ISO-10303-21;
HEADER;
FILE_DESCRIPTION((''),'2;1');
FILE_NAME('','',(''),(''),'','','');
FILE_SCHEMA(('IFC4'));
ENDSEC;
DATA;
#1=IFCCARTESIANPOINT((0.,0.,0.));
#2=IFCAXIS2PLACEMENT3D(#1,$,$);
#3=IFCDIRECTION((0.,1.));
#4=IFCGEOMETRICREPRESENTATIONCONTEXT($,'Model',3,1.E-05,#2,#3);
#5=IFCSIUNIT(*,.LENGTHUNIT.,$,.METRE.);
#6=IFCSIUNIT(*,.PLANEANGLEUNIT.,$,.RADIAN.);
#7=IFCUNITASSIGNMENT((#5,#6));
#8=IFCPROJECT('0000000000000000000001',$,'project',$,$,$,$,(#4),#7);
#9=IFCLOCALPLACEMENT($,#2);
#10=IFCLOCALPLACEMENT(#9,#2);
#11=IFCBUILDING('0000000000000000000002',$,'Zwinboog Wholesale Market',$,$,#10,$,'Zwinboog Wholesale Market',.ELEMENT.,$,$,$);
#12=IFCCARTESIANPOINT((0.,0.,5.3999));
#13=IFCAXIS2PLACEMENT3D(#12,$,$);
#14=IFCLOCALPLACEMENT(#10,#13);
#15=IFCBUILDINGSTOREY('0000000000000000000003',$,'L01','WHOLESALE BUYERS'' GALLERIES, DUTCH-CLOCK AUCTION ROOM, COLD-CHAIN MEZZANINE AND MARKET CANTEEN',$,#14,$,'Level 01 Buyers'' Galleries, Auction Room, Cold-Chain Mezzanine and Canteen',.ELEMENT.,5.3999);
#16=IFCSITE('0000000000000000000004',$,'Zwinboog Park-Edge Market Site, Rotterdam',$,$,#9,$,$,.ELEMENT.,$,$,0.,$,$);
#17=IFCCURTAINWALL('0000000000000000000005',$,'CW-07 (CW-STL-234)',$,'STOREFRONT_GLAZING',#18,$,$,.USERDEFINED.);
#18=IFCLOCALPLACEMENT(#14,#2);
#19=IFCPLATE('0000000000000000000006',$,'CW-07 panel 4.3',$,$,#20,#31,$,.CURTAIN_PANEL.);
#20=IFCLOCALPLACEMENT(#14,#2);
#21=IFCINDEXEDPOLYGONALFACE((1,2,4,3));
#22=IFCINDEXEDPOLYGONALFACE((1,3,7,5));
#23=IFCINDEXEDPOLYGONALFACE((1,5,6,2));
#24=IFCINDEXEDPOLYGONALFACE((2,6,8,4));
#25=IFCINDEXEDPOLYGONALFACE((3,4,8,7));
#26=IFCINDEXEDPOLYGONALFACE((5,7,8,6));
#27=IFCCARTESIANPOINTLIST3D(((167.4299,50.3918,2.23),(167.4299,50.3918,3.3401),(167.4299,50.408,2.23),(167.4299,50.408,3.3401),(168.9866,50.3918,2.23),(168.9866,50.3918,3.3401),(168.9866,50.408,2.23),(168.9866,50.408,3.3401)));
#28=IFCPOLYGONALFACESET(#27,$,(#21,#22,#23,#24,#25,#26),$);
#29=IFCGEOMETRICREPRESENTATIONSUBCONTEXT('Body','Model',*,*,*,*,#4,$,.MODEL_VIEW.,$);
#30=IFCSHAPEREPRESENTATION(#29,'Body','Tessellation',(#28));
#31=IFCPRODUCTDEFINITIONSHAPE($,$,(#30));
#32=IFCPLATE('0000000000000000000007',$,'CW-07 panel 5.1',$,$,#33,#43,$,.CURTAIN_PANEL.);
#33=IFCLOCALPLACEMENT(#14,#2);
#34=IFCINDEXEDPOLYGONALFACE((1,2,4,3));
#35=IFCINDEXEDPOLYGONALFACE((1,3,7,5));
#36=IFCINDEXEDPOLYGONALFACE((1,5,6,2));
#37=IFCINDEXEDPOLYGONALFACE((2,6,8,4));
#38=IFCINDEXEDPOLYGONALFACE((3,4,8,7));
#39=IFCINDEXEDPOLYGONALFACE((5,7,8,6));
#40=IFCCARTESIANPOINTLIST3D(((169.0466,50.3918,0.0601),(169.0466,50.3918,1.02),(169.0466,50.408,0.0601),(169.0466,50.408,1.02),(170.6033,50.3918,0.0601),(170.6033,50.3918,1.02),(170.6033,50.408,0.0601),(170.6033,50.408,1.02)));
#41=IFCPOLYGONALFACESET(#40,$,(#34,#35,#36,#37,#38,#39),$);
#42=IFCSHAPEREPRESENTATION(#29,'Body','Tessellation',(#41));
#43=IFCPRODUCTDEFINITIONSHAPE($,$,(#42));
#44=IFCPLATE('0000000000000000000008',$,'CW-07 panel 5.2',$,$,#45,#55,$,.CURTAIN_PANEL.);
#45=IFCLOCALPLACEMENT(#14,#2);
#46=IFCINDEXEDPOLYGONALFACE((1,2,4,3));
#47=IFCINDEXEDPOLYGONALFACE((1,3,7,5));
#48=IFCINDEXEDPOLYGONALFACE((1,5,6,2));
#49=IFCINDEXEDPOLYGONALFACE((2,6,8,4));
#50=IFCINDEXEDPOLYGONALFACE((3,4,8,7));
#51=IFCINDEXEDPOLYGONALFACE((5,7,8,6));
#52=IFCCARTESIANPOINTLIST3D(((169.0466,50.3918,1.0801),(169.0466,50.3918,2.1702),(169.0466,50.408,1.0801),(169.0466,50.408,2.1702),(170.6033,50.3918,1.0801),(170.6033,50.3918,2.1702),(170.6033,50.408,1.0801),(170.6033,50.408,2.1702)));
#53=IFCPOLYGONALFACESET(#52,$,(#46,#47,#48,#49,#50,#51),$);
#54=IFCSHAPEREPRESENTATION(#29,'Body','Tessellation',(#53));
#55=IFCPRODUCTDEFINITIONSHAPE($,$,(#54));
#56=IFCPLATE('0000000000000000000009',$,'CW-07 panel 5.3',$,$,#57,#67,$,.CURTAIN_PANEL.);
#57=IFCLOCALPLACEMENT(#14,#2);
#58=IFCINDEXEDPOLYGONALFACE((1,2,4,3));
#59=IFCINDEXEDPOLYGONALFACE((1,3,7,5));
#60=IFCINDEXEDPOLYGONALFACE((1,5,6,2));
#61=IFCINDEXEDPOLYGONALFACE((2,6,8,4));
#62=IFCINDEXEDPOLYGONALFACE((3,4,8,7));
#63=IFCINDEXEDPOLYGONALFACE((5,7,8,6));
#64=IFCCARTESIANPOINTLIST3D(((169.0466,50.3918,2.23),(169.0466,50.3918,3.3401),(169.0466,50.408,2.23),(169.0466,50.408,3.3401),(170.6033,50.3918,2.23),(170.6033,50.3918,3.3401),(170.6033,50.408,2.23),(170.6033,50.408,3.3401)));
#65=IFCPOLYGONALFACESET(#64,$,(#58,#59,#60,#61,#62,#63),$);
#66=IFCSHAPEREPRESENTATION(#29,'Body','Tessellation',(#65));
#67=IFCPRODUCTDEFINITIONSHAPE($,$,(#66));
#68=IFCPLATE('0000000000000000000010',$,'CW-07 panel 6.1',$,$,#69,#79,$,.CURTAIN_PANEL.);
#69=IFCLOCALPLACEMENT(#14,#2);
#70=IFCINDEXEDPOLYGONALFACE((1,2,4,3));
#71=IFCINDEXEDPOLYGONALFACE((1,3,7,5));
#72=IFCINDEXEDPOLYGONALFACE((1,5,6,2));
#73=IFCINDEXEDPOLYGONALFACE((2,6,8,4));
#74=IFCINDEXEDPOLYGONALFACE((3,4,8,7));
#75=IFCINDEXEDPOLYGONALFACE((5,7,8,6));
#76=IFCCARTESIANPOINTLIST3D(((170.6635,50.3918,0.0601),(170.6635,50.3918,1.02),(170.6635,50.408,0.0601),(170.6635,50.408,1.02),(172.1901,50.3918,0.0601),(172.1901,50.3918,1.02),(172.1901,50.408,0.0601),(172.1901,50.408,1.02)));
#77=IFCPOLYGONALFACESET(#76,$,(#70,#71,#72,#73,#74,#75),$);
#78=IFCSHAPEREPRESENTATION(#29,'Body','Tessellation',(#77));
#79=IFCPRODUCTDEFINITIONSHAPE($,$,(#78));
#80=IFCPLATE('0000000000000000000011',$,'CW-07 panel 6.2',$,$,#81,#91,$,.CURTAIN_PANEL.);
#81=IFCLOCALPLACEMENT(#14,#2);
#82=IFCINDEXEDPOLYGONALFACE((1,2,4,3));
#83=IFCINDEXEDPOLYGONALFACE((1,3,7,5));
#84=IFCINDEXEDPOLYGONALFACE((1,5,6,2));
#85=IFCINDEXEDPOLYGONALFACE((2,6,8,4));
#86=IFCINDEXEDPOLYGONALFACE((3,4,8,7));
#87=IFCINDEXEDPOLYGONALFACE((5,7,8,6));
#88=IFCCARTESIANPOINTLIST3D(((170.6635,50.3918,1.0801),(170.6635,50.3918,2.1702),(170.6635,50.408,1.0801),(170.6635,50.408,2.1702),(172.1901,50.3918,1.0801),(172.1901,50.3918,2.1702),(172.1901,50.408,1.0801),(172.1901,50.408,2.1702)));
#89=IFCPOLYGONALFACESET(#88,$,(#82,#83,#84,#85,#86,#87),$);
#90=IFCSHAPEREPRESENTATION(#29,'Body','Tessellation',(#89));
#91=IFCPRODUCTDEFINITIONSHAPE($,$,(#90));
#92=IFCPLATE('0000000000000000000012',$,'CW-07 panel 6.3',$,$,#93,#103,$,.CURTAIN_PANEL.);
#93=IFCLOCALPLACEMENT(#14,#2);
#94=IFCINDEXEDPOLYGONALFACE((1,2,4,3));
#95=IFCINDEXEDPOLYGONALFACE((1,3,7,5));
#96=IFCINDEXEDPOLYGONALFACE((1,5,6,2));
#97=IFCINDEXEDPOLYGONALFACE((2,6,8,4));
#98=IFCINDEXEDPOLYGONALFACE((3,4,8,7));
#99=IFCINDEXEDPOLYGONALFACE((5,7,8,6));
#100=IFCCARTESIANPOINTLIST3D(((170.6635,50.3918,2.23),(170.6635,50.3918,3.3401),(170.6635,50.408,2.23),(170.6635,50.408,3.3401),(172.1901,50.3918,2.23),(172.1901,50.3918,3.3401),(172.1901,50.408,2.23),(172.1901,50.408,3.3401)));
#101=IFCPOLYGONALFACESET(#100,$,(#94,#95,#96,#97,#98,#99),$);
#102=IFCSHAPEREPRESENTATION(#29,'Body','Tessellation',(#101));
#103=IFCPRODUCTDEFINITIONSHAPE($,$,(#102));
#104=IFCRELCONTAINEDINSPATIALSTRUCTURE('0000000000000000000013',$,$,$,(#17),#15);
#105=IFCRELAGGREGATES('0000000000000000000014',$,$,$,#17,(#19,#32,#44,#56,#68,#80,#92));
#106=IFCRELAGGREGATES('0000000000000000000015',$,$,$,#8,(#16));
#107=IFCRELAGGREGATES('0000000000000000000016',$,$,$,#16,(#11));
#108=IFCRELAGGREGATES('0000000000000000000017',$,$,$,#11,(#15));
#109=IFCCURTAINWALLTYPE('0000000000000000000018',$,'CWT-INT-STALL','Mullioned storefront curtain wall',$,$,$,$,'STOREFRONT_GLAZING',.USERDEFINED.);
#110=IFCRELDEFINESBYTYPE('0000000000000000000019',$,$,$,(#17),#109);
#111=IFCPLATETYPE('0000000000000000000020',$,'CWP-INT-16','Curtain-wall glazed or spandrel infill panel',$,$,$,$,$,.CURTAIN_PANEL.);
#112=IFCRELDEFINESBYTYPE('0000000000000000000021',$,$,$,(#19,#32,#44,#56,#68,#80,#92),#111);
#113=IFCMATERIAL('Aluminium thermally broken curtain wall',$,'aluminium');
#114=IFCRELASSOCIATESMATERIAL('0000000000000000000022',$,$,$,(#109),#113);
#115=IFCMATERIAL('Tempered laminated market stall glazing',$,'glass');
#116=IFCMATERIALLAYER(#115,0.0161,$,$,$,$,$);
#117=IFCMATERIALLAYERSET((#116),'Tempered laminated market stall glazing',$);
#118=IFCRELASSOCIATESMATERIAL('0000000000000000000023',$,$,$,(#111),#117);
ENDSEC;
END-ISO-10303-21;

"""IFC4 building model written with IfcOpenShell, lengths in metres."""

from ifc_helpers import new_model, si_unit, direction, frame, origin, origin_2d, place, context, subcontext, project, spatial, rectangle, extrude, material, layer, layer_set, type_object, element, aggregate, save


model = new_model("IFC4")

# Units and contexts
model_context = context("Model", 3, precision=1e-05, world=origin(), true_north=direction((0.0, 1.0)))
body_context = subcontext(model_context, "Body", "Model", "MODEL_VIEW")
ifc_project = project(units=[si_unit("LENGTHUNIT", "METRE"), si_unit("PLANEANGLEUNIT", "RADIAN")], contexts=[model_context])

# Site, building, storey
site_placement = place(None, origin())
site = spatial("IfcSite", under=ifc_project, at=site_placement, Name="Zwinboog Park-Edge Market Site, Rotterdam", CompositionType="ELEMENT", RefElevation=0.0)
building_placement = place(site_placement, origin())
building = spatial("IfcBuilding", under=site, at=building_placement, Name="Zwinboog Wholesale Market", LongName="Zwinboog Wholesale Market", CompositionType="ELEMENT")
storey_placement = place(building_placement, frame((0.0, 0.0, 5.3999)))
storey = spatial("IfcBuildingStorey", under=building, at=storey_placement, Name="L01", Description="WHOLESALE BUYERS' GALLERIES, DUTCH-CLOCK AUCTION ROOM, COLD-CHAIN MEZZANINE AND MARKET CANTEEN", LongName="Level 01 Buyers' Galleries, Auction Room, Cold-Chain Mezzanine and Canteen", CompositionType="ELEMENT", Elevation=5.3999)

# Curtain wall, plates
ifc_material_1 = material(Name="Aluminium thermally broken curtain wall", Category="aluminium")
curtain_wall_type = type_object("IfcCurtainWallType", Name="CWT-INT-STALL", Description="Mullioned storefront curtain wall", ElementType="STOREFRONT_GLAZING", PredefinedType="USERDEFINED", material=ifc_material_1)
curtain_wall_placement = place(storey_placement, origin())
curtain_wall = element("IfcCurtainWall", 1, at=curtain_wall_placement, inside=storey, type_object=curtain_wall_type, Name="CW-07 (CW-STL-234)", ObjectType="STOREFRONT_GLAZING", PredefinedType="USERDEFINED")
ifc_material_2 = material(Name="Tempered laminated market stall glazing", Category="glass")
ifc_layer = layer(ifc_material_2, 0.0161)
ifc_layer_set = layer_set([ifc_layer], Name="Tempered laminated market stall glazing")
plate_type = type_object("IfcPlateType", Name="CWP-INT-16", Description="Curtain-wall glazed or spandrel infill panel", PredefinedType="CURTAIN_PANEL", material=ifc_layer_set)
plate_1_placement = place(storey_placement, frame((168.2083, 50.3999, 2.23), z_axis=(0.0, 0.0, 1.0), x_axis=(1.0, 0.0, 0.0)))
plate_1 = element("IfcPlate", 2, at=plate_1_placement, type_object=plate_type, Name="CW-07 panel 4.3", PredefinedType="CURTAIN_PANEL", context=body_context, shape_type="SweptSolid", body=[
    extrude(rectangle(XDim=1.5566, YDim=0.0161, at=origin_2d()), origin(), (0.0, 0.0, 1.0), 1.1101),
])
plate_2_placement = place(storey_placement, frame((169.825, 50.3999, 0.0601), z_axis=(0.0, 0.0, 1.0), x_axis=(1.0, 0.0, 0.0)))
plate_2 = element("IfcPlate", 3, at=plate_2_placement, type_object=plate_type, Name="CW-07 panel 5.1", PredefinedType="CURTAIN_PANEL", context=body_context, shape_type="SweptSolid", body=[
    extrude(rectangle(XDim=1.5566, YDim=0.0161, at=origin_2d()), origin(), (0.0, 0.0, 1.0), 0.96),
])
plate_3_placement = place(storey_placement, frame((169.825, 50.3999, 1.0801), z_axis=(0.0, 0.0, 1.0), x_axis=(1.0, 0.0, 0.0)))
plate_3 = element("IfcPlate", 4, at=plate_3_placement, type_object=plate_type, Name="CW-07 panel 5.2", PredefinedType="CURTAIN_PANEL", context=body_context, shape_type="SweptSolid", body=[
    extrude(rectangle(XDim=1.5566, YDim=0.0161, at=origin_2d()), origin(), (0.0, 0.0, 1.0), 1.0901),
])
plate_4_placement = place(storey_placement, frame((169.825, 50.3999, 2.23), z_axis=(0.0, 0.0, 1.0), x_axis=(1.0, 0.0, 0.0)))
plate_4 = element("IfcPlate", 5, at=plate_4_placement, type_object=plate_type, Name="CW-07 panel 5.3", PredefinedType="CURTAIN_PANEL", context=body_context, shape_type="SweptSolid", body=[
    extrude(rectangle(XDim=1.5566, YDim=0.0161, at=origin_2d()), origin(), (0.0, 0.0, 1.0), 1.1101),
])
plate_5_placement = place(storey_placement, frame((171.4268, 50.3999, 0.0601), z_axis=(0.0, 0.0, 1.0), x_axis=(1.0, 0.0, 0.0)))
plate_5 = element("IfcPlate", 6, at=plate_5_placement, type_object=plate_type, Name="CW-07 panel 6.1", PredefinedType="CURTAIN_PANEL", context=body_context, shape_type="SweptSolid", body=[
    extrude(rectangle(XDim=1.5266, YDim=0.0161, at=origin_2d()), origin(), (0.0, 0.0, 1.0), 0.96),
])
plate_6_placement = place(storey_placement, frame((171.4268, 50.3999, 1.0801), z_axis=(0.0, 0.0, 1.0), x_axis=(1.0, 0.0, 0.0)))
plate_6 = element("IfcPlate", 7, at=plate_6_placement, type_object=plate_type, Name="CW-07 panel 6.2", PredefinedType="CURTAIN_PANEL", context=body_context, shape_type="SweptSolid", body=[
    extrude(rectangle(XDim=1.5266, YDim=0.0161, at=origin_2d()), origin(), (0.0, 0.0, 1.0), 1.0901),
])
plate_7_placement = place(storey_placement, frame((171.4268, 50.3999, 2.23), z_axis=(0.0, 0.0, 1.0), x_axis=(1.0, 0.0, 0.0)))
plate_7 = element("IfcPlate", 8, at=plate_7_placement, type_object=plate_type, Name="CW-07 panel 6.3", PredefinedType="CURTAIN_PANEL", context=body_context, shape_type="SweptSolid", body=[
    extrude(rectangle(XDim=1.5266, YDim=0.0161, at=origin_2d()), origin(), (0.0, 0.0, 1.0), 1.1101),
])
aggregate(curtain_wall, [plate_1, plate_2, plate_3, plate_4, plate_5, plate_6, plate_7])

save(model, "model.ifc")
